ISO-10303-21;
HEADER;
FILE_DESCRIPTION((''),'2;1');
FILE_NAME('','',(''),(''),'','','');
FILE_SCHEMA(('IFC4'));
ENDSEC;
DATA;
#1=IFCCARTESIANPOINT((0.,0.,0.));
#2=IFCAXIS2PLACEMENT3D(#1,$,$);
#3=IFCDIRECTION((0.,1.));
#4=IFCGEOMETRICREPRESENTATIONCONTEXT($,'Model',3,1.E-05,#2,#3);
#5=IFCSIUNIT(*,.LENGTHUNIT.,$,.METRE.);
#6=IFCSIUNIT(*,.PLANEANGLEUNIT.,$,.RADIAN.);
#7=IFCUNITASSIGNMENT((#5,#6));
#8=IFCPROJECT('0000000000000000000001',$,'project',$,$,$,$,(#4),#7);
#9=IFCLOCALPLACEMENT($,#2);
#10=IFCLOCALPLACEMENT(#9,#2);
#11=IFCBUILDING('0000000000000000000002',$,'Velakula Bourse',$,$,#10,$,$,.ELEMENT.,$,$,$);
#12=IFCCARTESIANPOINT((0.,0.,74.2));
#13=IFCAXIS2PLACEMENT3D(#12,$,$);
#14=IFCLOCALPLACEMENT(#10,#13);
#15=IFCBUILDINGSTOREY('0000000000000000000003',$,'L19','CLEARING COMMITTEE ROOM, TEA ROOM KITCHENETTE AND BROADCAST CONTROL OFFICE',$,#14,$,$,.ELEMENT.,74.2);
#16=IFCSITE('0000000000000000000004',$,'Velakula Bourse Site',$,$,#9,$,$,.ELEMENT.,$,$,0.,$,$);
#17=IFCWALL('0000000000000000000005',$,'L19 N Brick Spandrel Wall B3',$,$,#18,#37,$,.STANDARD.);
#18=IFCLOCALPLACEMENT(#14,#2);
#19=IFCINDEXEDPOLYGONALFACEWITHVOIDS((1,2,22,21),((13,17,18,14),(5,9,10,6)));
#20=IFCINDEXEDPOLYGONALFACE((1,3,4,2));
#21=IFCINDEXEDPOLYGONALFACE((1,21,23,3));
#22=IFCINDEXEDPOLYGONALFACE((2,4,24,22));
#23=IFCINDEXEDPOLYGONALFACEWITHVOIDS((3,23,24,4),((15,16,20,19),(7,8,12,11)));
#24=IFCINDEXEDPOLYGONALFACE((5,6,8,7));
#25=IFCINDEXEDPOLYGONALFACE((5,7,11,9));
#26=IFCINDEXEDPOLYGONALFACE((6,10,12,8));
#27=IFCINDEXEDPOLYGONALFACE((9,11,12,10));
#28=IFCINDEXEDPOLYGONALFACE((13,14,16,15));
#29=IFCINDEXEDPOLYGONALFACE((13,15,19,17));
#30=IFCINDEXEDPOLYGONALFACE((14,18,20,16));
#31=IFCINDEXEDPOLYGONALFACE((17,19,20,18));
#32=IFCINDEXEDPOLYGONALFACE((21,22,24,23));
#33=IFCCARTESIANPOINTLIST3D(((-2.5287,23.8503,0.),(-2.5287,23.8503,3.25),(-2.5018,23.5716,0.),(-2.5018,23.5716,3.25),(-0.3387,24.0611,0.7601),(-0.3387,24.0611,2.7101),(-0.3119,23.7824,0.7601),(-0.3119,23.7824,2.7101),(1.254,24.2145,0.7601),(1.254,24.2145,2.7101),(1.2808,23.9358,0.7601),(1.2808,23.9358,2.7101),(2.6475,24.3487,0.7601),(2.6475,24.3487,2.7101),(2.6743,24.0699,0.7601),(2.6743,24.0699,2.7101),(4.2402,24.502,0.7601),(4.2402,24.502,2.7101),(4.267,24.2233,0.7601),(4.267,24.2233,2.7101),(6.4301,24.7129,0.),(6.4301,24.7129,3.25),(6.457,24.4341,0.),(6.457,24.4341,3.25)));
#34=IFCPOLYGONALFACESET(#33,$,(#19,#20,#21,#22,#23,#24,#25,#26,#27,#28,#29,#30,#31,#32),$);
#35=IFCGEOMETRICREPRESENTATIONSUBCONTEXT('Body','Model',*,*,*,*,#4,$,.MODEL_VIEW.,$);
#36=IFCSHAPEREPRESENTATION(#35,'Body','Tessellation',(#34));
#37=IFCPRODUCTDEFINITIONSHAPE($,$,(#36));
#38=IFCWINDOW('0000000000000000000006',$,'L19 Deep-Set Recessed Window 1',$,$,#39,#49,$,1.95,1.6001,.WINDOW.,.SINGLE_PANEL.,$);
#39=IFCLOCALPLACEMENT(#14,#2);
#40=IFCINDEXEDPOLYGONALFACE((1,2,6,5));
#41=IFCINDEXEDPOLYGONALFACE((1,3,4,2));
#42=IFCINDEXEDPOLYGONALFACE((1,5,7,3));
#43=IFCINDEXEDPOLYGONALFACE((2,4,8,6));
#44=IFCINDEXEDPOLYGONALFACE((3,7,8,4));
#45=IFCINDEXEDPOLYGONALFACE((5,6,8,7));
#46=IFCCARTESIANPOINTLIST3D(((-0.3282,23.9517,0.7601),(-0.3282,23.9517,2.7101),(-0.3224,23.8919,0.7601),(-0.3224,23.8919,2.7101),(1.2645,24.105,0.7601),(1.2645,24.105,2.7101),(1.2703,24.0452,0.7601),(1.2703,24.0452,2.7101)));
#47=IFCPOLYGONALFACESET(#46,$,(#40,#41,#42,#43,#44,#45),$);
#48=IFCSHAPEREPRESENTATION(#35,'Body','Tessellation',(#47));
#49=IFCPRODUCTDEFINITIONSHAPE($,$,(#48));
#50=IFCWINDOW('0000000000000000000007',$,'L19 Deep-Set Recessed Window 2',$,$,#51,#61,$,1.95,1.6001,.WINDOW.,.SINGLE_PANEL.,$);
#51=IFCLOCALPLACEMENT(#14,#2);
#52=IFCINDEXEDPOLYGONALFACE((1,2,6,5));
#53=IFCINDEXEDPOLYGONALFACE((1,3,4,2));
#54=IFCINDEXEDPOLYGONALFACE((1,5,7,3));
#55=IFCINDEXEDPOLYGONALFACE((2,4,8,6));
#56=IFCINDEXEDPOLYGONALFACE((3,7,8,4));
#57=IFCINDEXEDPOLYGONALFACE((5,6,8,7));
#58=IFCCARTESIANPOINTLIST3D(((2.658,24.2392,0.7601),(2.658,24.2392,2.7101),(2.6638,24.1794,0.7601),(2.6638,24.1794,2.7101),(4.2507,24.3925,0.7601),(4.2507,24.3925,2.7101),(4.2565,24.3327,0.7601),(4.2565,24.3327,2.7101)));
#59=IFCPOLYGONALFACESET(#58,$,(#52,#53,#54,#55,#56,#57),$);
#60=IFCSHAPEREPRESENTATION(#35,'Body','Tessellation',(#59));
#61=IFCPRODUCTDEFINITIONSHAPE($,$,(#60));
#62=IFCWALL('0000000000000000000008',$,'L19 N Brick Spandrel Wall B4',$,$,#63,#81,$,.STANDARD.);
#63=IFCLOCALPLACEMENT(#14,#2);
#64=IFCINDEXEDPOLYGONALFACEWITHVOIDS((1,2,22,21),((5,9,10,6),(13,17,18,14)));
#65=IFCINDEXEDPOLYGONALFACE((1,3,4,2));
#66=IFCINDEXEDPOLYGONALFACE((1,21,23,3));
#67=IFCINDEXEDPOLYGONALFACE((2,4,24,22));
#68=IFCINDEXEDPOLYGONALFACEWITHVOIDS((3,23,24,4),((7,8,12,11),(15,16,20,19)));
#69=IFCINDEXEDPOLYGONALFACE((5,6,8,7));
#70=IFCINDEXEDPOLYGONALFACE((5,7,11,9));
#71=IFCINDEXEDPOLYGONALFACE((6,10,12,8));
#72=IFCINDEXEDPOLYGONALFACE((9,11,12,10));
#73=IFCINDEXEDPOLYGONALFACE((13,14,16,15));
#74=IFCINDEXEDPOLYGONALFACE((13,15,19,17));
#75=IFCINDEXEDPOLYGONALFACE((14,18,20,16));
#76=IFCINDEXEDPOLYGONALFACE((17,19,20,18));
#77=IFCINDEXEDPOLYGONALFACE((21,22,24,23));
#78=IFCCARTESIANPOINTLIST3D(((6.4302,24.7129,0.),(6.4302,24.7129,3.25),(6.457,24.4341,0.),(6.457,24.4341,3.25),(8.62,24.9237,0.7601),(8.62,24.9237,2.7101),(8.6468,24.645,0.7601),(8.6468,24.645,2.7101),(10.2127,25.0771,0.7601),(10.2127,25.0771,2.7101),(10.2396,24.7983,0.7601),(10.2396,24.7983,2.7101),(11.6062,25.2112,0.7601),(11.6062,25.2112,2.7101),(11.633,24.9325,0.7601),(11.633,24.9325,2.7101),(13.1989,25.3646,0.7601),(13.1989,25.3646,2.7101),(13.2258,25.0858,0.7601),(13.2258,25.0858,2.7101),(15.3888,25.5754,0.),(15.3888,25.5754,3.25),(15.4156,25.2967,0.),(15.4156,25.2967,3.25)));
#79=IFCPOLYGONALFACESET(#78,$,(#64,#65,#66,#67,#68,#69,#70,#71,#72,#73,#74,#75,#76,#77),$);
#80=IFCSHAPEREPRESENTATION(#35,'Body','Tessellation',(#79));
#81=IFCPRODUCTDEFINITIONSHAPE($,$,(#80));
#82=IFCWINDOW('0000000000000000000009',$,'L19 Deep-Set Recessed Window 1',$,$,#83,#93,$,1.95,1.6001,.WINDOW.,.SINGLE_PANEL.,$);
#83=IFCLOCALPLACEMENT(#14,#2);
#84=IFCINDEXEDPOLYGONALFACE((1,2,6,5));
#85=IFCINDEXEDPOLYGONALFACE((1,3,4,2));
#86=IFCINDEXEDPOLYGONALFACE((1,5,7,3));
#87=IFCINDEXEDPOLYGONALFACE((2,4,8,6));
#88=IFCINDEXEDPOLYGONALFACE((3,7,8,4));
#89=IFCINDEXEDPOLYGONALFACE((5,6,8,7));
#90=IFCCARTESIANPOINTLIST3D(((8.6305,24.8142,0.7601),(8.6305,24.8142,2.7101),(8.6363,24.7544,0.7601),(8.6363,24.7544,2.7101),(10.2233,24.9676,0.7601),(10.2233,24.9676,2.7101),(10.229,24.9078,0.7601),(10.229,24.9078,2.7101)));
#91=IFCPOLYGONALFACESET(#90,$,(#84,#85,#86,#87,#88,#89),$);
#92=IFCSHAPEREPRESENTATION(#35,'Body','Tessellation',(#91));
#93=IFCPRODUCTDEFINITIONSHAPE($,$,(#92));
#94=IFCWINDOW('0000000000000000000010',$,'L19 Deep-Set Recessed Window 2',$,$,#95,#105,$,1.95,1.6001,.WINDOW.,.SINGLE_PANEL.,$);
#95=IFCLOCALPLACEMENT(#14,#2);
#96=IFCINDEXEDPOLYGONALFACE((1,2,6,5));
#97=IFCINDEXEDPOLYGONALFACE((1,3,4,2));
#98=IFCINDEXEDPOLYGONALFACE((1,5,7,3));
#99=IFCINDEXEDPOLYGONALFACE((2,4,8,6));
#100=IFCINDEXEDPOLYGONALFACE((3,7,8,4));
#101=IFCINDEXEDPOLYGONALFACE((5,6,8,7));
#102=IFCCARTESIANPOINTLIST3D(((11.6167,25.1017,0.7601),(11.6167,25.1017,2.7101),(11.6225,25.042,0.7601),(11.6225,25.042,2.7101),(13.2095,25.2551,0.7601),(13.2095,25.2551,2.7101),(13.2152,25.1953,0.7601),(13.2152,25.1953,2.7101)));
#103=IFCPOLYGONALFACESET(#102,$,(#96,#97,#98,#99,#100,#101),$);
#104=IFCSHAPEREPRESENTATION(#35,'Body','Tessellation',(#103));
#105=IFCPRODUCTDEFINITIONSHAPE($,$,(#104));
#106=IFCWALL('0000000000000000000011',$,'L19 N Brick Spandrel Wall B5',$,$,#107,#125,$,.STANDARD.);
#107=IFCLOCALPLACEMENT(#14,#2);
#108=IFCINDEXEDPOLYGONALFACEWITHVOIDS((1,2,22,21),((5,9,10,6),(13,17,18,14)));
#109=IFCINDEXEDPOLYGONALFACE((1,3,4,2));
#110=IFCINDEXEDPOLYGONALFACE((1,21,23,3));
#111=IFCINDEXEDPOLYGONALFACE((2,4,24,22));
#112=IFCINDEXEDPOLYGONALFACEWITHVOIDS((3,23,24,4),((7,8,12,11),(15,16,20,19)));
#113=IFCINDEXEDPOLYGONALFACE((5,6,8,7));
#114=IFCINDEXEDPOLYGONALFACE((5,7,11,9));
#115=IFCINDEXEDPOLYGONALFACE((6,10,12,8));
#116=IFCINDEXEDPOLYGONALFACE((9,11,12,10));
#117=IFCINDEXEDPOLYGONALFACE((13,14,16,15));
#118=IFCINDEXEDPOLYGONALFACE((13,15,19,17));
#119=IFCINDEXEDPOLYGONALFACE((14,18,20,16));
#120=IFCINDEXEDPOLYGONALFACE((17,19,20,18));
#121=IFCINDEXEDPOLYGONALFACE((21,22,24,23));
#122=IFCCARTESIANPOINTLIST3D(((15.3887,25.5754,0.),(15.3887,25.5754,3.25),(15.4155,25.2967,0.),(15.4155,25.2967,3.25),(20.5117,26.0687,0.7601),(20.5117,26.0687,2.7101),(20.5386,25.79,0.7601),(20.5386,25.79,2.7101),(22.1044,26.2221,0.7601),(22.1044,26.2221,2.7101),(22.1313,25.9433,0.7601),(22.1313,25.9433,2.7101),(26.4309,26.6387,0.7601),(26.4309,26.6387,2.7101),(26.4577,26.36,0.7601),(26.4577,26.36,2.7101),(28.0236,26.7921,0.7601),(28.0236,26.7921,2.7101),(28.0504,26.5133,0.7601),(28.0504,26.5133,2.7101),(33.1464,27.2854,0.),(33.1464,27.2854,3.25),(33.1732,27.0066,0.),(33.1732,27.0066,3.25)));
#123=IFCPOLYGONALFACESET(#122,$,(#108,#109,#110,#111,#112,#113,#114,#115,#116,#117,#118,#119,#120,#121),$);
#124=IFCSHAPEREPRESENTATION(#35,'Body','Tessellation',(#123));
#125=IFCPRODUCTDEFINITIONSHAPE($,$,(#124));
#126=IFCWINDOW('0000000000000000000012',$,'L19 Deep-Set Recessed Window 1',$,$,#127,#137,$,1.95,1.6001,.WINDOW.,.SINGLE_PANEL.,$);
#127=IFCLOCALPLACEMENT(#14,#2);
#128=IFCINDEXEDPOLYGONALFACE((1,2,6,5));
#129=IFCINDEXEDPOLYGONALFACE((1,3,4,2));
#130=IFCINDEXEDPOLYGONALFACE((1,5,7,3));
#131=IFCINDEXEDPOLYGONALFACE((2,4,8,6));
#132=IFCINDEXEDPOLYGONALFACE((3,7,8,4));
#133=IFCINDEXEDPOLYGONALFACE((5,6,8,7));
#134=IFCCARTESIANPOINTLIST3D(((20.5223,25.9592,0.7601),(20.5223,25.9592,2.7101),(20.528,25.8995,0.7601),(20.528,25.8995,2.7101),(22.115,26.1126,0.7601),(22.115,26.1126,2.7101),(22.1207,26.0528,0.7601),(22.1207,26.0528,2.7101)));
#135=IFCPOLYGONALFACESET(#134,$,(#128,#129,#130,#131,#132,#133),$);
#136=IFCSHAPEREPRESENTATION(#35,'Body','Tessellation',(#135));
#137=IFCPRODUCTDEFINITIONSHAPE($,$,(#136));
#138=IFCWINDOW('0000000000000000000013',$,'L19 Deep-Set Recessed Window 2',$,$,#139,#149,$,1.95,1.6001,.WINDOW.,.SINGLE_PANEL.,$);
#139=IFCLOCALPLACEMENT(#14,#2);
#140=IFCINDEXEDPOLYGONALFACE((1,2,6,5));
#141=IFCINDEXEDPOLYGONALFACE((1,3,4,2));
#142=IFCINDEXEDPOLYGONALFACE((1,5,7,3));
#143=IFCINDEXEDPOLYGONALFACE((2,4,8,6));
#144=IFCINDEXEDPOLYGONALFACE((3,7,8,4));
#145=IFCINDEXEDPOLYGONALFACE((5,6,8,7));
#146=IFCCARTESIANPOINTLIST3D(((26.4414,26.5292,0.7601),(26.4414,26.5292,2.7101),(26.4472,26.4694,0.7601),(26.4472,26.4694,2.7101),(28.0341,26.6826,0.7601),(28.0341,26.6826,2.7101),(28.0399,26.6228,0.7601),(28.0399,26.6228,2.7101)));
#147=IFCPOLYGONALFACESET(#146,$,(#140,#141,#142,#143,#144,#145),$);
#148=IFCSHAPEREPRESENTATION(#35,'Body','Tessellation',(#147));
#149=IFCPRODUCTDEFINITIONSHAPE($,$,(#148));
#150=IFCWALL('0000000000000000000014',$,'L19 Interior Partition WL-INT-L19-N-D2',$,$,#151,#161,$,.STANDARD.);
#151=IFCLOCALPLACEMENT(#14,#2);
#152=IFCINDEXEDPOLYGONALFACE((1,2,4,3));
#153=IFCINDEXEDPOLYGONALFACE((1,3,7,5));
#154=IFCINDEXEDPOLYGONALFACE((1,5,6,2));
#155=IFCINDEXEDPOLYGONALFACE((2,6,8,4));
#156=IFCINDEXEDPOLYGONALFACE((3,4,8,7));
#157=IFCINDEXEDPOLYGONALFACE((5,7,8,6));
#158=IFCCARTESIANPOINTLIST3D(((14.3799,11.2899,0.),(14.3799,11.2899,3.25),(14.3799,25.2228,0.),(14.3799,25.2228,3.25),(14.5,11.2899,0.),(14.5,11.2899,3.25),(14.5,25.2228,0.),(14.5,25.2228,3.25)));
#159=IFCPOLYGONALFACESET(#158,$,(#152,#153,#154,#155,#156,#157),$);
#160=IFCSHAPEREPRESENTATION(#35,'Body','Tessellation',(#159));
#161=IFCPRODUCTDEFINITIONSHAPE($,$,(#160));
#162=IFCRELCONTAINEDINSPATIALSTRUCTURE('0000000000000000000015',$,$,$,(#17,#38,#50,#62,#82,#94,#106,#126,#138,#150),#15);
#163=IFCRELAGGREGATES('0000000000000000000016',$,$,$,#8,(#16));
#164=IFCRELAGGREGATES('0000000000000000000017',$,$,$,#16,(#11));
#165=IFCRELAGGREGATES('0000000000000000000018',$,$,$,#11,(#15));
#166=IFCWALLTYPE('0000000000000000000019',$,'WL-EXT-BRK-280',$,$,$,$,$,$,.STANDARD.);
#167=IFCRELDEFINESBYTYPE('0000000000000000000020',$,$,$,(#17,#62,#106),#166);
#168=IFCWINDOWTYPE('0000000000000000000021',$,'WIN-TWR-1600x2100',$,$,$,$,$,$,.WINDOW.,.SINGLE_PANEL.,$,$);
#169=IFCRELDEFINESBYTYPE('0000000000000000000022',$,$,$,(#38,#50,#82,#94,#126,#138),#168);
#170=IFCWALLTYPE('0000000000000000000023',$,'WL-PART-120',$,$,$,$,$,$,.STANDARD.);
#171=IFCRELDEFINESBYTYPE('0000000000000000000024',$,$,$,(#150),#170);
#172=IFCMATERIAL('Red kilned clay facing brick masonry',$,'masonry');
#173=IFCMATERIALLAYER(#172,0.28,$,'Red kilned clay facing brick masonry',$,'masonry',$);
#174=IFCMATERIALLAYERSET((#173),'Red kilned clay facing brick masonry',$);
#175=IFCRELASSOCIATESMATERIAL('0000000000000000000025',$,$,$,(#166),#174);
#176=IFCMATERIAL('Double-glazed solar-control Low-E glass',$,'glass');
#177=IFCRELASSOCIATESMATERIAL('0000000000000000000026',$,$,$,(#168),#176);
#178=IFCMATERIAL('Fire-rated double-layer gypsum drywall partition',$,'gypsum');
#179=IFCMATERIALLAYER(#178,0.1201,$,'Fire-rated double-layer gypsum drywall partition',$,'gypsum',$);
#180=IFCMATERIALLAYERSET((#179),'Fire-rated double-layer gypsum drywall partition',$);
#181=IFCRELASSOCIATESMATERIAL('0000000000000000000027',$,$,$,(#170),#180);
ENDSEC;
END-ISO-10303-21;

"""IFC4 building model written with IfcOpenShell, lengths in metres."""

from ifc_helpers import new_model, si_unit, direction, frame, frame_2d, origin, place, context, subcontext, project, spatial, rectangle, extrude, material, layer, layer_set, type_object, element, fill, save


model = new_model("IFC4")

# Units and contexts
model_context = context("Model", 3, precision=1e-05, world=origin(), true_north=direction((0.0, 1.0)))
body_context = subcontext(model_context, "Body", "Model", "MODEL_VIEW")
ifc_project = project(units=[si_unit("LENGTHUNIT", "METRE"), si_unit("PLANEANGLEUNIT", "RADIAN")], contexts=[model_context])

# Site, building, storey
site_placement = place(None, origin())
site = spatial("IfcSite", under=ifc_project, at=site_placement, Name="Velakula Bourse Site", CompositionType="ELEMENT", RefElevation=0.0)
building_placement = place(site_placement, origin())
building = spatial("IfcBuilding", under=site, at=building_placement, Name="Velakula Bourse", CompositionType="ELEMENT")
storey_placement = place(building_placement, frame((0.0, 0.0, 74.2)))
storey = spatial("IfcBuildingStorey", under=building, at=storey_placement, Name="L19", Description="CLEARING COMMITTEE ROOM, TEA ROOM KITCHENETTE AND BROADCAST CONTROL OFFICE", CompositionType="ELEMENT", Elevation=74.2)

# Walls, openings, windows
ifc_material_1 = material(Name="Red kilned clay facing brick masonry", Category="masonry")
ifc_layer_1 = layer(ifc_material_1, 0.28, Name="Red kilned clay facing brick masonry", Category="masonry")
ifc_layer_set_1 = layer_set([ifc_layer_1], Name="Red kilned clay facing brick masonry")
wall_type_1 = type_object("IfcWallType", Name="WL-EXT-BRK-280", PredefinedType="STANDARD", material=ifc_layer_set_1)
wall_1_placement = place(storey_placement, frame((-2.5151, 23.7109, 0.0), z_axis=(0.0, 0.0, 1.0), x_axis=(0.995397, 0.095837, 0.0)))
wall_1 = element("IfcWall", 1, at=wall_1_placement, inside=storey, type_object=wall_type_1, Name="L19 N Brick Spandrel Wall B3", PredefinedType="STANDARD", context=body_context, shape_type="SweptSolid", body=[
    extrude(rectangle(XDim=9.0002, YDim=0.28, at=frame_2d((4.5, 0.0))), origin(), (0.0, 0.0, 1.0), 3.25),
])
opening_1_placement = place(wall_1_placement, frame((2.2, 0.0, 0.76)))
opening_1 = element("IfcOpeningElement", 2, at=opening_1_placement, cuts=wall_1, PredefinedType="OPENING", context=body_context, shape_type="SweptSolid", body=[
    extrude(rectangle(XDim=1.6001, YDim=1.95, at=frame_2d((0.8, 0.9751))), frame((0.0, 0.1499, 0.0), z_axis=(0.0, -1.0, 0.0), x_axis=(1.0, 0.0, 0.0)), (0.0, 0.0, 1.0), 0.3),
])
opening_2_placement = place(wall_1_placement, frame((5.2, 0.0, 0.76)))
opening_2 = element("IfcOpeningElement", 3, at=opening_2_placement, cuts=wall_1, PredefinedType="OPENING", context=body_context, shape_type="SweptSolid", body=[
    extrude(rectangle(XDim=1.6001, YDim=1.95, at=frame_2d((0.8, 0.9751))), frame((0.0, 0.1499, 0.0), z_axis=(0.0, -1.0, 0.0), x_axis=(1.0, 0.0, 0.0)), (0.0, 0.0, 1.0), 0.3),
])
ifc_material_2 = material(Name="Double-glazed solar-control Low-E glass", Category="glass")
window_type = type_object("IfcWindowType", Name="WIN-TWR-1600x2100", PartitioningType="SINGLE_PANEL", PredefinedType="WINDOW", material=ifc_material_2)
window_1_placement = place(opening_1_placement, origin())
window_1 = element("IfcWindow", 4, at=window_1_placement, inside=storey, type_object=window_type, Name="L19 Deep-Set Recessed Window 1", OverallHeight=1.95, OverallWidth=1.6001, PartitioningType="SINGLE_PANEL", PredefinedType="WINDOW", context=body_context, shape_type="SweptSolid", body=[
    extrude(rectangle(XDim=1.6001, YDim=1.95, at=frame_2d((0.8, 0.9751))), frame((0.0, 0.03, 0.0), z_axis=(0.0, -1.0, 0.0), x_axis=(1.0, 0.0, 0.0)), (0.0, 0.0, 1.0), 0.0601),
])
fill(opening_1, window_1)
window_2_placement = place(opening_2_placement, origin())
window_2 = element("IfcWindow", 5, at=window_2_placement, inside=storey, type_object=window_type, Name="L19 Deep-Set Recessed Window 2", OverallHeight=1.95, OverallWidth=1.6001, PartitioningType="SINGLE_PANEL", PredefinedType="WINDOW", context=body_context, shape_type="SweptSolid", body=[
    extrude(rectangle(XDim=1.6001, YDim=1.95, at=frame_2d((0.8, 0.9751))), frame((0.0, 0.03, 0.0), z_axis=(0.0, -1.0, 0.0), x_axis=(1.0, 0.0, 0.0)), (0.0, 0.0, 1.0), 0.0601),
])
fill(opening_2, window_2)
wall_2_placement = place(storey_placement, frame((6.4436, 24.5735, 0.0), z_axis=(0.0, 0.0, 1.0), x_axis=(0.995397, 0.09584, 0.0)))
wall_2 = element("IfcWall", 6, at=wall_2_placement, inside=storey, type_object=wall_type_1, Name="L19 N Brick Spandrel Wall B4", PredefinedType="STANDARD", context=body_context, shape_type="SweptSolid", body=[
    extrude(rectangle(XDim=9.0, YDim=0.28, at=frame_2d((4.5, 0.0))), origin(), (0.0, 0.0, 1.0), 3.25),
])
opening_3_placement = place(wall_2_placement, frame((2.2, 0.0, 0.76)))
opening_3 = element("IfcOpeningElement", 7, at=opening_3_placement, cuts=wall_2, PredefinedType="OPENING", context=body_context, shape_type="SweptSolid", body=[
    extrude(rectangle(XDim=1.6001, YDim=1.95, at=frame_2d((0.8, 0.9751))), frame((0.0, 0.1499, 0.0), z_axis=(0.0, -1.0, 0.0), x_axis=(1.0, 0.0, 0.0)), (0.0, 0.0, 1.0), 0.3),
])
opening_4_placement = place(wall_2_placement, frame((5.2, 0.0, 0.76)))
opening_4 = element("IfcOpeningElement", 8, at=opening_4_placement, cuts=wall_2, PredefinedType="OPENING", context=body_context, shape_type="SweptSolid", body=[
    extrude(rectangle(XDim=1.6001, YDim=1.95, at=frame_2d((0.8, 0.9751))), frame((0.0, 0.1499, 0.0), z_axis=(0.0, -1.0, 0.0), x_axis=(1.0, 0.0, 0.0)), (0.0, 0.0, 1.0), 0.3),
])
window_3_placement = place(opening_3_placement, origin())
window_3 = element("IfcWindow", 9, at=window_3_placement, inside=storey, type_object=window_type, Name="L19 Deep-Set Recessed Window 1", OverallHeight=1.95, OverallWidth=1.6001, PartitioningType="SINGLE_PANEL", PredefinedType="WINDOW", context=body_context, shape_type="SweptSolid", body=[
    extrude(rectangle(XDim=1.6001, YDim=1.95, at=frame_2d((0.8, 0.9751))), frame((0.0, 0.03, 0.0), z_axis=(0.0, -1.0, 0.0), x_axis=(1.0, 0.0, 0.0)), (0.0, 0.0, 1.0), 0.0601),
])
fill(opening_3, window_3)
window_4_placement = place(opening_4_placement, origin())
window_4 = element("IfcWindow", 10, at=window_4_placement, inside=storey, type_object=window_type, Name="L19 Deep-Set Recessed Window 2", OverallHeight=1.95, OverallWidth=1.6001, PartitioningType="SINGLE_PANEL", PredefinedType="WINDOW", context=body_context, shape_type="SweptSolid", body=[
    extrude(rectangle(XDim=1.6001, YDim=1.95, at=frame_2d((0.8, 0.9751))), frame((0.0, 0.03, 0.0), z_axis=(0.0, -1.0, 0.0), x_axis=(1.0, 0.0, 0.0)), (0.0, 0.0, 1.0), 0.0601),
])
fill(opening_4, window_4)
wall_3_placement = place(storey_placement, frame((15.4021, 25.436, 0.0), z_axis=(0.0, 0.0, 1.0), x_axis=(0.995396, 0.09585, 0.0)))
wall_3 = element("IfcWall", 11, at=wall_3_placement, inside=storey, type_object=wall_type_1, Name="L19 N Brick Spandrel Wall B5", PredefinedType="STANDARD", context=body_context, shape_type="SweptSolid", body=[
    extrude(rectangle(XDim=17.8398, YDim=0.28, at=frame_2d((8.9199, 0.0))), origin(), (0.0, 0.0, 1.0), 3.25),
])
opening_5_placement = place(wall_3_placement, frame((5.1467, 0.0, 0.76)))
opening_5 = element("IfcOpeningElement", 12, at=opening_5_placement, cuts=wall_3, PredefinedType="OPENING", context=body_context, shape_type="SweptSolid", body=[
    extrude(rectangle(XDim=1.6001, YDim=1.95, at=frame_2d((0.8, 0.9751))), frame((0.0, 0.1499, 0.0), z_axis=(0.0, -1.0, 0.0), x_axis=(1.0, 0.0, 0.0)), (0.0, 0.0, 1.0), 0.3),
])
opening_6_placement = place(wall_3_placement, frame((11.0933, 0.0, 0.76)))
opening_6 = element("IfcOpeningElement", 13, at=opening_6_placement, cuts=wall_3, PredefinedType="OPENING", context=body_context, shape_type="SweptSolid", body=[
    extrude(rectangle(XDim=1.6001, YDim=1.95, at=frame_2d((0.8, 0.9751))), frame((0.0, 0.1499, 0.0), z_axis=(0.0, -1.0, 0.0), x_axis=(1.0, 0.0, 0.0)), (0.0, 0.0, 1.0), 0.3),
])
window_5_placement = place(opening_5_placement, origin())
window_5 = element("IfcWindow", 14, at=window_5_placement, inside=storey, type_object=window_type, Name="L19 Deep-Set Recessed Window 1", OverallHeight=1.95, OverallWidth=1.6001, PartitioningType="SINGLE_PANEL", PredefinedType="WINDOW", context=body_context, shape_type="SweptSolid", body=[
    extrude(rectangle(XDim=1.6001, YDim=1.95, at=frame_2d((0.8, 0.9751))), frame((0.0, 0.03, 0.0), z_axis=(0.0, -1.0, 0.0), x_axis=(1.0, 0.0, 0.0)), (0.0, 0.0, 1.0), 0.0601),
])
fill(opening_5, window_5)
window_6_placement = place(opening_6_placement, origin())
window_6 = element("IfcWindow", 15, at=window_6_placement, inside=storey, type_object=window_type, Name="L19 Deep-Set Recessed Window 2", OverallHeight=1.95, OverallWidth=1.6001, PartitioningType="SINGLE_PANEL", PredefinedType="WINDOW", context=body_context, shape_type="SweptSolid", body=[
    extrude(rectangle(XDim=1.6001, YDim=1.95, at=frame_2d((0.8, 0.9751))), frame((0.0, 0.03, 0.0), z_axis=(0.0, -1.0, 0.0), x_axis=(1.0, 0.0, 0.0)), (0.0, 0.0, 1.0), 0.0601),
])
fill(opening_6, window_6)

# Wall
ifc_material_3 = material(Name="Fire-rated double-layer gypsum drywall partition", Category="gypsum")
ifc_layer_2 = layer(ifc_material_3, 0.1201, Name="Fire-rated double-layer gypsum drywall partition", Category="gypsum")
ifc_layer_set_2 = layer_set([ifc_layer_2], Name="Fire-rated double-layer gypsum drywall partition")
wall_type_2 = type_object("IfcWallType", Name="WL-PART-120", PredefinedType="STANDARD", material=ifc_layer_set_2)
wall_4_placement = place(storey_placement, frame((14.4399, 11.29, 0.0), z_axis=(0.0, 0.0, 1.0), x_axis=(0.0, 1.0, 0.0)))
element("IfcWall", 16, at=wall_4_placement, inside=storey, type_object=wall_type_2, Name="L19 Interior Partition WL-INT-L19-N-D2", PredefinedType="STANDARD", context=body_context, shape_type="SweptSolid", body=[
    extrude(rectangle(XDim=13.9329, YDim=0.1201, at=frame_2d((6.9663, 0.0))), origin(), (0.0, 0.0, 1.0), 3.25),
])

save(model, "model.ifc")
